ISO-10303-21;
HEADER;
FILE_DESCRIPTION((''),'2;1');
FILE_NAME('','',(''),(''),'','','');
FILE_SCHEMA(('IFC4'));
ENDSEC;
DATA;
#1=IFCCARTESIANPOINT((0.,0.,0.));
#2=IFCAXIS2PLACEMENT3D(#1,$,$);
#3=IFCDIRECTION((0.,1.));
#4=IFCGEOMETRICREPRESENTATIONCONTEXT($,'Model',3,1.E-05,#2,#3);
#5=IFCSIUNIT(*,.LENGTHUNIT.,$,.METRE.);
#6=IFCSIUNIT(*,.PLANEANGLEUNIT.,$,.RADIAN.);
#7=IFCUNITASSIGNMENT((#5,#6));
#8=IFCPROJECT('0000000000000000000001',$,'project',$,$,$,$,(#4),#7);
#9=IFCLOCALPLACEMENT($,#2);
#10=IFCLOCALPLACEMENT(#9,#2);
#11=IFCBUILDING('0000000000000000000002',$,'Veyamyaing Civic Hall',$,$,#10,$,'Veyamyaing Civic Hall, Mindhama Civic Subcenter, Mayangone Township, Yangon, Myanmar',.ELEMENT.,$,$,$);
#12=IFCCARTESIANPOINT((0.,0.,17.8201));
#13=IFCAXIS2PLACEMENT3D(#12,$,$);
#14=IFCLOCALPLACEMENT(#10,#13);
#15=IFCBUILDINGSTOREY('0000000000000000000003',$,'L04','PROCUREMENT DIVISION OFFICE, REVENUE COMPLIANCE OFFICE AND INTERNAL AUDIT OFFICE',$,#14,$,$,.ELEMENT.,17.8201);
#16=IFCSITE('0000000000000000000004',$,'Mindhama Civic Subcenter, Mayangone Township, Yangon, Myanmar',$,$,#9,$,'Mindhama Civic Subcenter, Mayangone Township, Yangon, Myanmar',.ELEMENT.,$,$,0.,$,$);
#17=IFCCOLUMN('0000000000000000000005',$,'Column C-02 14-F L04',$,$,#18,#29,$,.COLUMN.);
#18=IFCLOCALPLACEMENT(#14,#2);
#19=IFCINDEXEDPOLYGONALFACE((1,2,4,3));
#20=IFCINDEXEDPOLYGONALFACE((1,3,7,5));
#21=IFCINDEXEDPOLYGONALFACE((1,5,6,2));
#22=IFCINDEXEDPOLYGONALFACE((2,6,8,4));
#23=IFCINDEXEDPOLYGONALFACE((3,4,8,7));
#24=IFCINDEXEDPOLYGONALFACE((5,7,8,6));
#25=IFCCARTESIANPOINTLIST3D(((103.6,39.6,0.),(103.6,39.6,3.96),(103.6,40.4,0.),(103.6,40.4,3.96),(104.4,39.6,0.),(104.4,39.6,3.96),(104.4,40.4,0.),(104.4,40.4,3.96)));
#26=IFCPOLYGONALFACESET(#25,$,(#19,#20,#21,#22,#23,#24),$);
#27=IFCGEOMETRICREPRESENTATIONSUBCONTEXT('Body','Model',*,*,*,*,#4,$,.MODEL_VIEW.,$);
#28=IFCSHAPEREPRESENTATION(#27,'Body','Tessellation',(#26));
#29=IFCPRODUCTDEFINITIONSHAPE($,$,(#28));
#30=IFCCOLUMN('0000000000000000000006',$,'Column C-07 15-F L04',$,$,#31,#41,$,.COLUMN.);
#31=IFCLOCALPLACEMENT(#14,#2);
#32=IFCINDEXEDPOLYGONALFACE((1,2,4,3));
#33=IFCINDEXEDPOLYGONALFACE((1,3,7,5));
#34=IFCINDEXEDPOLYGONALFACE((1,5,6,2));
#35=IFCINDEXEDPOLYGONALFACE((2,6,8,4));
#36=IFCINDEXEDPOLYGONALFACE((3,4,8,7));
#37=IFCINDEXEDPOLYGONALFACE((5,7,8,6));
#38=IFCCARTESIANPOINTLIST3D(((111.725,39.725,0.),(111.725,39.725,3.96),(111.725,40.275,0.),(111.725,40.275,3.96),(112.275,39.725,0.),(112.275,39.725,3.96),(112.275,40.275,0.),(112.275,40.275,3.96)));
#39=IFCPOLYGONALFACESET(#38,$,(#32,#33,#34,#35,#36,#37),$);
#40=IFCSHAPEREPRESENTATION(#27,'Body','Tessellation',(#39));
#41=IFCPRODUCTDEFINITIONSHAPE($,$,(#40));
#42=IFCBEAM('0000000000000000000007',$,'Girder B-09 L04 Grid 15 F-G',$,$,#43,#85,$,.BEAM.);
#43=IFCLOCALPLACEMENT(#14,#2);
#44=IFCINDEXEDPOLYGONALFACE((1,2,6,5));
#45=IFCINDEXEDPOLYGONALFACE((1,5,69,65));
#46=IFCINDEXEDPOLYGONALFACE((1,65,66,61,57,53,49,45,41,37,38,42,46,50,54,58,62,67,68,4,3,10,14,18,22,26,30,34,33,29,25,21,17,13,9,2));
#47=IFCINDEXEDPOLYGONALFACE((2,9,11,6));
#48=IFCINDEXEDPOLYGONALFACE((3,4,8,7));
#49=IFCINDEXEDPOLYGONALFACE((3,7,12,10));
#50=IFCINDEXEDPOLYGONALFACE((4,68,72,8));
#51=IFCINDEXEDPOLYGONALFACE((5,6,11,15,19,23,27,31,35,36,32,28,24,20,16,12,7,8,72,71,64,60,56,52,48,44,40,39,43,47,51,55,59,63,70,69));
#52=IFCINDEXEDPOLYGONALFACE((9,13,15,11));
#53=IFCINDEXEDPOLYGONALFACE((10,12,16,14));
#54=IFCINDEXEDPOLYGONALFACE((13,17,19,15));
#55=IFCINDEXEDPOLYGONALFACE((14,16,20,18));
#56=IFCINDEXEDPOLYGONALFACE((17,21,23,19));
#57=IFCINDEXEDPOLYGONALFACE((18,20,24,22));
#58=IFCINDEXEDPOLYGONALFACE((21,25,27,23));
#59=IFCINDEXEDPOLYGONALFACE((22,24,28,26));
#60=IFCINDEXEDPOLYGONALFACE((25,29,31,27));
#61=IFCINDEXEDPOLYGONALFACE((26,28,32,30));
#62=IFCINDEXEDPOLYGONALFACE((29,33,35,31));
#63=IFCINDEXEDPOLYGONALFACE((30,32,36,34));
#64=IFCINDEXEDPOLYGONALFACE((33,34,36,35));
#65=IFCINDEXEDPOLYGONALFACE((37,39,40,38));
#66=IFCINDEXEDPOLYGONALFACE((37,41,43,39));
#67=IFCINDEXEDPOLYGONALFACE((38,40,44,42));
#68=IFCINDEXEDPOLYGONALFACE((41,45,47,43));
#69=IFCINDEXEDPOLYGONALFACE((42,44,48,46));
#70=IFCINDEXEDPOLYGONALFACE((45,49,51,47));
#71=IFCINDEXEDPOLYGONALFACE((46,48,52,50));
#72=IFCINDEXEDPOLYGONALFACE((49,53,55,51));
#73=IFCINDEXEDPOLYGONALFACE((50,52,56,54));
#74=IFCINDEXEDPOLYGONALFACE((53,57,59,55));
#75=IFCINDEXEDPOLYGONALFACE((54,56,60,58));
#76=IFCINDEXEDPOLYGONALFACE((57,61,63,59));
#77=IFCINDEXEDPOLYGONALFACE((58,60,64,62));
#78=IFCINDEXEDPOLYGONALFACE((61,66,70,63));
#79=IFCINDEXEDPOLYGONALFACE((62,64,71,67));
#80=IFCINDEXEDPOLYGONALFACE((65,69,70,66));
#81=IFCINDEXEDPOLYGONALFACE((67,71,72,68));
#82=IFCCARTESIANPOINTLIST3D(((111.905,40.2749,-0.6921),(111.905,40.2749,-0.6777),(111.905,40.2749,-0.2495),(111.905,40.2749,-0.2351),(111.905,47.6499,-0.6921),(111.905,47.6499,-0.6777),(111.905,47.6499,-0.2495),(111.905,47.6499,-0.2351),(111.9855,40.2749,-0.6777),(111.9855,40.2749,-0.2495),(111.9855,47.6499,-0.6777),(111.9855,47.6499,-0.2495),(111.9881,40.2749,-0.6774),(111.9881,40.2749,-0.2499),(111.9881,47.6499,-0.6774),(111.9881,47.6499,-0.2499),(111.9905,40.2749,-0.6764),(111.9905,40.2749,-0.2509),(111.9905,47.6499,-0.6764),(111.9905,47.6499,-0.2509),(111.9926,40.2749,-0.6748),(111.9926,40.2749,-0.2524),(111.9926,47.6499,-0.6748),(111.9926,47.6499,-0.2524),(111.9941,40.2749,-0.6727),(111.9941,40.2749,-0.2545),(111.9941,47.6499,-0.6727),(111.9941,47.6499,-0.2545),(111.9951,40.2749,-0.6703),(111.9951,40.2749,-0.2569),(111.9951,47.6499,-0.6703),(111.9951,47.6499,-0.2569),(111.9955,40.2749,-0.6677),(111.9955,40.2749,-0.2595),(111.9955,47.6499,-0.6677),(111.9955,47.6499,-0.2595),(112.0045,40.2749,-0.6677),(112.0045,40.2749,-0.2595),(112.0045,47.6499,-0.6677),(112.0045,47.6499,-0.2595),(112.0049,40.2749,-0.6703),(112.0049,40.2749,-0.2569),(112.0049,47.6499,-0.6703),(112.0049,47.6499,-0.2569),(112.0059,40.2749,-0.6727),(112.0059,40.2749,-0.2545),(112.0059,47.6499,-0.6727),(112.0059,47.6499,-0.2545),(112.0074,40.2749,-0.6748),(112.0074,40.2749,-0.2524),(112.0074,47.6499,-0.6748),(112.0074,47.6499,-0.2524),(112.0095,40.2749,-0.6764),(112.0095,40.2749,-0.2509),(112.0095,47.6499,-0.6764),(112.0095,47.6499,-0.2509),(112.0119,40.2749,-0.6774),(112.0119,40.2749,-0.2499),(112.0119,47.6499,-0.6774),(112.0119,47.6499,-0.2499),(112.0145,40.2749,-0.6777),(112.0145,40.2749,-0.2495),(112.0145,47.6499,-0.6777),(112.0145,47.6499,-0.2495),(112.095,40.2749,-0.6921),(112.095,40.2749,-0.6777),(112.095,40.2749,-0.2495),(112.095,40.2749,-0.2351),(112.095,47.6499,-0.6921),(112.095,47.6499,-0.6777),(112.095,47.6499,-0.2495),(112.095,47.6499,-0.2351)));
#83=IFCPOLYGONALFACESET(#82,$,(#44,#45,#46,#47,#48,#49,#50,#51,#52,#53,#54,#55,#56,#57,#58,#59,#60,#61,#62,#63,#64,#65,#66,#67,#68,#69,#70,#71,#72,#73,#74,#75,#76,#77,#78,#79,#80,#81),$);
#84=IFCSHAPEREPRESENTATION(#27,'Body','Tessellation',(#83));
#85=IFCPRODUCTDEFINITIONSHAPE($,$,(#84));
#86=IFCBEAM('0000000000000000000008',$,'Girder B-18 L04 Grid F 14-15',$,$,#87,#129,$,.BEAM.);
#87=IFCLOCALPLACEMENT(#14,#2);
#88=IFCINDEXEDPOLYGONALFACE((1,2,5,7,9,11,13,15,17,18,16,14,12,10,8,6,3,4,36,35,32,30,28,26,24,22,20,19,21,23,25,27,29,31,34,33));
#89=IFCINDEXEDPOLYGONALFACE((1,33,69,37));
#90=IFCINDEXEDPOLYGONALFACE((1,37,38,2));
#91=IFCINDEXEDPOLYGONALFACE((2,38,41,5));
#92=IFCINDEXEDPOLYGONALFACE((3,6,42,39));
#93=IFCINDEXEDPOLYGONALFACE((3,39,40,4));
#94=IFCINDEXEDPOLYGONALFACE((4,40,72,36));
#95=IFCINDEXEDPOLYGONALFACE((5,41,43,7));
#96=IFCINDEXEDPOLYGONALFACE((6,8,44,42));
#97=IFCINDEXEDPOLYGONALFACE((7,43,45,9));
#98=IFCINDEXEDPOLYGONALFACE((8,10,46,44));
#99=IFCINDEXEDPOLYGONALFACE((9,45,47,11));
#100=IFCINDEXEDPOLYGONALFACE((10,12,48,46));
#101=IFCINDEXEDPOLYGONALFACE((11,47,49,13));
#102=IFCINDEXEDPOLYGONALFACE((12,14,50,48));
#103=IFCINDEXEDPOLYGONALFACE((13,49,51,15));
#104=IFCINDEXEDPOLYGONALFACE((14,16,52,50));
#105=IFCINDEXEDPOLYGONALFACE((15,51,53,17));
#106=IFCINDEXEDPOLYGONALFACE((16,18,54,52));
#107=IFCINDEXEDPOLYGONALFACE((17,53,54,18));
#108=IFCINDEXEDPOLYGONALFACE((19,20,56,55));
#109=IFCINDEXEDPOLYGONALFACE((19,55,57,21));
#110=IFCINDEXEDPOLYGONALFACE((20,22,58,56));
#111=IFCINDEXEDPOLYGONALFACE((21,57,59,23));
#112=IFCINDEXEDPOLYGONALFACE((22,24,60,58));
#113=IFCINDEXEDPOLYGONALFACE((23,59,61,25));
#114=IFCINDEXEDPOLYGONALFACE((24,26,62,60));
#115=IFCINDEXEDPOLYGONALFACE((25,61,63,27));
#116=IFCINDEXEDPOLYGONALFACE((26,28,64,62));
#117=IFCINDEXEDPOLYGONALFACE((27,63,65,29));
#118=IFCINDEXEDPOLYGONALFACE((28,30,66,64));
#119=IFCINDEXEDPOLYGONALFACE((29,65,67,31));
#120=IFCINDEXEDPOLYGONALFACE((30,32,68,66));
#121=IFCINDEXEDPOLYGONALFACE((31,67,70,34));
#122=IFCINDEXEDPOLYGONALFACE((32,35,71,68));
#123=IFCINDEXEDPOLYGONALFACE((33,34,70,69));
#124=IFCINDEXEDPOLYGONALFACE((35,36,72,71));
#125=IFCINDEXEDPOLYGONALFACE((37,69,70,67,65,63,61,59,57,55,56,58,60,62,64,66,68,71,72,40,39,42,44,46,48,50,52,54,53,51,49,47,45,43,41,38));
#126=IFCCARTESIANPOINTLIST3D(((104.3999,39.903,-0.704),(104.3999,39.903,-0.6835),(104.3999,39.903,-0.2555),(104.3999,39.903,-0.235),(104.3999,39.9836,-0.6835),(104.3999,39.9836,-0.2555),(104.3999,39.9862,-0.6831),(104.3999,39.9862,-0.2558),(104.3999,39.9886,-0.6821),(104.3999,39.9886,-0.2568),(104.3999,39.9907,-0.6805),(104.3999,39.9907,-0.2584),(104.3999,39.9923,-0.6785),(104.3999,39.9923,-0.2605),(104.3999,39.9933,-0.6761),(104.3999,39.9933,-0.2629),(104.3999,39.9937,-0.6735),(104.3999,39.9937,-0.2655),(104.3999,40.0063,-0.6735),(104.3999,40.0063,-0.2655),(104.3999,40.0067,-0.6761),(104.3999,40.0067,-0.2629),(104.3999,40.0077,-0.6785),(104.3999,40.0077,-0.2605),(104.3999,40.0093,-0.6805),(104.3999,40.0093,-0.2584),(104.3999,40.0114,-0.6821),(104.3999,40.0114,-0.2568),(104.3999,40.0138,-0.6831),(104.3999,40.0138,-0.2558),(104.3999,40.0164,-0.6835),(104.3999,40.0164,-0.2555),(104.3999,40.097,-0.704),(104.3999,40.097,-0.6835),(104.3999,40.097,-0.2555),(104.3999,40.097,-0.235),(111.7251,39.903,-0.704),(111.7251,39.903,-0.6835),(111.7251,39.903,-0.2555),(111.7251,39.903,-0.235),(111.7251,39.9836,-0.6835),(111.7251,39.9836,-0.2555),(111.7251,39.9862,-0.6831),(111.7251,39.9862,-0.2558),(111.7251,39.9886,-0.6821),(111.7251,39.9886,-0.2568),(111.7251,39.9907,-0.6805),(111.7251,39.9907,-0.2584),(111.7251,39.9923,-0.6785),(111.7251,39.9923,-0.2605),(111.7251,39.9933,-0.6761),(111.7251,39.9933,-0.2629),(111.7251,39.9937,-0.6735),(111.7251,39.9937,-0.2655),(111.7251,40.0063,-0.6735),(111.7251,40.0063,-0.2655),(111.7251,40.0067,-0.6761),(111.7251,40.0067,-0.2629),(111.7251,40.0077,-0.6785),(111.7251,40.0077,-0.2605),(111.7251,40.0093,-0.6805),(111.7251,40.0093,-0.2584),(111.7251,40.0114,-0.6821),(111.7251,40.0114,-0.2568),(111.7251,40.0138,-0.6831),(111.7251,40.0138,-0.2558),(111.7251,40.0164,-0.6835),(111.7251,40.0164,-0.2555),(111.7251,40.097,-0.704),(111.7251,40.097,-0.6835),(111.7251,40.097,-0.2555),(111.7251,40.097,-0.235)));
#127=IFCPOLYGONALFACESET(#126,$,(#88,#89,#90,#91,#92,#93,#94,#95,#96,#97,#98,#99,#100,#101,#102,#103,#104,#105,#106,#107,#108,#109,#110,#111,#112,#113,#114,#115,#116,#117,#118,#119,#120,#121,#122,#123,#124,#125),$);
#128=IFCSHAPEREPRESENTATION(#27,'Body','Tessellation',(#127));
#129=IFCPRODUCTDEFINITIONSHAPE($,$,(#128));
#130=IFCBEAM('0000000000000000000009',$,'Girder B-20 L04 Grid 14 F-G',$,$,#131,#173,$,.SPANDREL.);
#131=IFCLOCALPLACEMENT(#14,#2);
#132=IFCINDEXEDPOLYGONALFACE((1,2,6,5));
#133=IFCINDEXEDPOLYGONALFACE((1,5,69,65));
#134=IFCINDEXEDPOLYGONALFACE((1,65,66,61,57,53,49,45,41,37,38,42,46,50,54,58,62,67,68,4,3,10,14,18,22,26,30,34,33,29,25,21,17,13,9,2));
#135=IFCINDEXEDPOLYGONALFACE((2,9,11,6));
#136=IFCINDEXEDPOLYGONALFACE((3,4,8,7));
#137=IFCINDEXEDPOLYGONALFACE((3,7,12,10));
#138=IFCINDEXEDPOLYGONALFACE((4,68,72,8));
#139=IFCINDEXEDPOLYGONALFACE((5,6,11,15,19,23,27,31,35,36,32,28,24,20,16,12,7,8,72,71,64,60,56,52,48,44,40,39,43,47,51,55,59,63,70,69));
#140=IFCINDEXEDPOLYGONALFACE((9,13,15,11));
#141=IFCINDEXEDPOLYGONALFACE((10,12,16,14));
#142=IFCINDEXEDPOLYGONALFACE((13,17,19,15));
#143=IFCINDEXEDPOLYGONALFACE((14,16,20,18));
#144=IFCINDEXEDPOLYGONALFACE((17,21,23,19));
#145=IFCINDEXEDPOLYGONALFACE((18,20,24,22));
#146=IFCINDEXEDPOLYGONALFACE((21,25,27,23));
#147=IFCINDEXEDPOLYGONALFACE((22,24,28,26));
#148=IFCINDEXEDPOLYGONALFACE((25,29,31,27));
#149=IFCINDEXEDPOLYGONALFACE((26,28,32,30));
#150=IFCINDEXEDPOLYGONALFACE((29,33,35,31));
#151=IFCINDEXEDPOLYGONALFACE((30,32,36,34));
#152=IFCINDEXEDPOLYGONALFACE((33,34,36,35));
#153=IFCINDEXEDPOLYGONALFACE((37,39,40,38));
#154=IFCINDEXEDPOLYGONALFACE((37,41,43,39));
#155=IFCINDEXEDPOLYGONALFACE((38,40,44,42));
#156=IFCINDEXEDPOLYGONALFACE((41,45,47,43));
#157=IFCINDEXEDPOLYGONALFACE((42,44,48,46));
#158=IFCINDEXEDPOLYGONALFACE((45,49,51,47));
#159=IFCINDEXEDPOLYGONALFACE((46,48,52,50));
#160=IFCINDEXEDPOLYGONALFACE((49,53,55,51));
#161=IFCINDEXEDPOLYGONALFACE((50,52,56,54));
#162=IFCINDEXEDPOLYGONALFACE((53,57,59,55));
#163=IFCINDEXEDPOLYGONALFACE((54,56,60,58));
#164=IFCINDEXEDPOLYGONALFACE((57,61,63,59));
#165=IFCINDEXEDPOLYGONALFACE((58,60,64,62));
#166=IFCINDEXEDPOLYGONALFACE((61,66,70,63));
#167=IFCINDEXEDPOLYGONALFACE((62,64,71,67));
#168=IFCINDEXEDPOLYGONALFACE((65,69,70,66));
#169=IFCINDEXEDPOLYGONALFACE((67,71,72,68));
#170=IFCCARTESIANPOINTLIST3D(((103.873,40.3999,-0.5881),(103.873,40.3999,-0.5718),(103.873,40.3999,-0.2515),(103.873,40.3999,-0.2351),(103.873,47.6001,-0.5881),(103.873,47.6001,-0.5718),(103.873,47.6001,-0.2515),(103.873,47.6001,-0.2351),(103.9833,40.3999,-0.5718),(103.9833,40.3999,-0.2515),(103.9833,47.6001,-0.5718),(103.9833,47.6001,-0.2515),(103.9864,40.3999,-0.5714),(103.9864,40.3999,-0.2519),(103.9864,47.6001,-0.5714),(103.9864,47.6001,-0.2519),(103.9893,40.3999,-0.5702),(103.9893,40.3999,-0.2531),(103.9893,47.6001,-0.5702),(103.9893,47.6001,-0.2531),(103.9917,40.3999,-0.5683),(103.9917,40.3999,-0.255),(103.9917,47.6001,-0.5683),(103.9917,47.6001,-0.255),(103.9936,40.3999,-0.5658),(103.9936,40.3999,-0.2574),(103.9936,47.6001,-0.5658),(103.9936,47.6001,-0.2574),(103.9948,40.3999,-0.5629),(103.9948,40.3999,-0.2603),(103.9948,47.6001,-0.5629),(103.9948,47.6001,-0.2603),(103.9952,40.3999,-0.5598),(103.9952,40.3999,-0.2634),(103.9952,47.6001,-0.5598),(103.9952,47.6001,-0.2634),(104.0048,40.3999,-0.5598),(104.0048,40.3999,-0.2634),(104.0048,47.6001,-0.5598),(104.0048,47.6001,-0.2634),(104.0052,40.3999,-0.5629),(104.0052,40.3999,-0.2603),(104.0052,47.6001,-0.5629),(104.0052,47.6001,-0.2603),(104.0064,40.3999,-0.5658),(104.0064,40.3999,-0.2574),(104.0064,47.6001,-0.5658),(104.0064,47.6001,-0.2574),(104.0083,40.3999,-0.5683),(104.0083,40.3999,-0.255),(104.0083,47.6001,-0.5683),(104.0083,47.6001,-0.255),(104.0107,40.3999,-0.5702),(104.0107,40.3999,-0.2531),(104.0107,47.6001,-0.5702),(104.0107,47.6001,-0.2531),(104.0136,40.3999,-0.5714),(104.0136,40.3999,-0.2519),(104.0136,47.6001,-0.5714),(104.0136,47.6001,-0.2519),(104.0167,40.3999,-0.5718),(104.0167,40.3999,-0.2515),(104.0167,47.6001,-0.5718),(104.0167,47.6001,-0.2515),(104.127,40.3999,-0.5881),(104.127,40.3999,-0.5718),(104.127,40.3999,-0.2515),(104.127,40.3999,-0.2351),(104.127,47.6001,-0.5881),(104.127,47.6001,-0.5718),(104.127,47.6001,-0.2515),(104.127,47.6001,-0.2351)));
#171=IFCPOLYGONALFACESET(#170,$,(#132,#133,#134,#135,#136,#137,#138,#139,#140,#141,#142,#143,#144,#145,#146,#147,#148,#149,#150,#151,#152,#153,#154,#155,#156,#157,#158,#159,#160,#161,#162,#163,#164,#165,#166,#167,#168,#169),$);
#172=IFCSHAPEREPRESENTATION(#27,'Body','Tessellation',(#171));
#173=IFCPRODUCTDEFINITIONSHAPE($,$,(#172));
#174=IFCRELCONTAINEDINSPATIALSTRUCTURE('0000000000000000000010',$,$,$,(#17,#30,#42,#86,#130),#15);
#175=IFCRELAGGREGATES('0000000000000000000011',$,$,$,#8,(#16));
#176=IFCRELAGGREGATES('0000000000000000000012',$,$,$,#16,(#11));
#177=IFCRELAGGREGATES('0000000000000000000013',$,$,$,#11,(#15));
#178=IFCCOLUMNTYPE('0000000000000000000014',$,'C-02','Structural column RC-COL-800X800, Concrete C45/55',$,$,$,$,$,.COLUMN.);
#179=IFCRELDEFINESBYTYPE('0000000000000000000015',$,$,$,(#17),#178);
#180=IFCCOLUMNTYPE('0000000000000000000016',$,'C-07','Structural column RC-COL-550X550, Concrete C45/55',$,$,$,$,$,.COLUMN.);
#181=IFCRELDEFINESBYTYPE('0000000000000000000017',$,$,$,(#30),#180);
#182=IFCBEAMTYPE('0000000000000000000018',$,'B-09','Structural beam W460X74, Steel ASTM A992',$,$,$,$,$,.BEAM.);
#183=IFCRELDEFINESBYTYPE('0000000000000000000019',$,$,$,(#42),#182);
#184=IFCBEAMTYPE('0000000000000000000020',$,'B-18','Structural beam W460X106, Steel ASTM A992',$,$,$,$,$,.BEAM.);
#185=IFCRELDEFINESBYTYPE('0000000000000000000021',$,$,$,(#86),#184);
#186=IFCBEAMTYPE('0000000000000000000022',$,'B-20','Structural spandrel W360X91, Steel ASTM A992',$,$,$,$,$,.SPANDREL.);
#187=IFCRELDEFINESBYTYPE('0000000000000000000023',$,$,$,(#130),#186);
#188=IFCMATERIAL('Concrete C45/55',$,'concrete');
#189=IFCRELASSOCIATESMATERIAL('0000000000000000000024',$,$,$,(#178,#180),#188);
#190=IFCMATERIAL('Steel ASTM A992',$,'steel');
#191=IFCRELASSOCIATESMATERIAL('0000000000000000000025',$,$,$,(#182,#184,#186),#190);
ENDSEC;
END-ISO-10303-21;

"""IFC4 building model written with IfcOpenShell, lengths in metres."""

from ifc_helpers import new_model, si_unit, direction, frame, origin, origin_2d, place, context, subcontext, project, spatial, rectangle, i_section, extrude, material, material_profile, profile_set, type_object, element, save


model = new_model("IFC4")

# Units and contexts
model_context = context("Model", 3, precision=1e-05, world=origin(), true_north=direction((0.0, 1.0)))
body_context = subcontext(model_context, "Body", "Model", "MODEL_VIEW")
ifc_project = project(units=[si_unit("LENGTHUNIT", "METRE"), si_unit("PLANEANGLEUNIT", "RADIAN")], contexts=[model_context])

# Site, building, storey
site_placement = place(None, origin())
site = spatial("IfcSite", under=ifc_project, at=site_placement, Name="Mindhama Civic Subcenter, Mayangone Township, Yangon, Myanmar", LongName="Mindhama Civic Subcenter, Mayangone Township, Yangon, Myanmar", CompositionType="ELEMENT", RefElevation=0.0)
building_placement = place(site_placement, origin())
building = spatial("IfcBuilding", under=site, at=building_placement, Name="Veyamyaing Civic Hall", LongName="Veyamyaing Civic Hall, Mindhama Civic Subcenter, Mayangone Township, Yangon, Myanmar", CompositionType="ELEMENT")
storey_placement = place(building_placement, frame((0.0, 0.0, 17.8201)))
storey = spatial("IfcBuildingStorey", under=building, at=storey_placement, Name="L04", Description="PROCUREMENT DIVISION OFFICE, REVENUE COMPLIANCE OFFICE AND INTERNAL AUDIT OFFICE", CompositionType="ELEMENT", Elevation=17.8201)

# Columns
ifc_material_1 = material(Name="Concrete C45/55", Category="concrete")
ifc_material_profile_1 = material_profile(ifc_material_1, rectangle(XDim=0.8, YDim=0.8, at=origin_2d()), Name="RC-COL-800X800")
ifc_profile_set_1 = profile_set([ifc_material_profile_1], Name="Concrete C45/55")
column_type_1 = type_object("IfcColumnType", Name="C-02", Description="Structural column RC-COL-800X800, Concrete C45/55", PredefinedType="COLUMN", material=ifc_profile_set_1)
column_1_placement = place(storey_placement, frame((104.0, 40.0, 0.0), z_axis=(0.0, 0.0, 1.0), x_axis=(1.0, 0.0, 0.0)))
element("IfcColumn", 1, at=column_1_placement, inside=storey, type_object=column_type_1, Name="Column C-02 14-F L04", PredefinedType="COLUMN", context=body_context, shape_type="SweptSolid", body=[
    extrude(rectangle(XDim=0.8, YDim=0.8, at=origin_2d()), origin(), (0.0, 0.0, 1.0), 3.96),
])
ifc_material_profile_2 = material_profile(ifc_material_1, rectangle(XDim=0.55, YDim=0.55, at=origin_2d()), Name="RC-COL-550X550")
ifc_profile_set_2 = profile_set([ifc_material_profile_2], Name="Concrete C45/55")
column_type_2 = type_object("IfcColumnType", Name="C-07", Description="Structural column RC-COL-550X550, Concrete C45/55", PredefinedType="COLUMN", material=ifc_profile_set_2)
column_2_placement = place(storey_placement, frame((112.0, 40.0, 0.0), z_axis=(0.0, 0.0, 1.0), x_axis=(1.0, 0.0, 0.0)))
element("IfcColumn", 2, at=column_2_placement, inside=storey, type_object=column_type_2, Name="Column C-07 15-F L04", PredefinedType="COLUMN", context=body_context, shape_type="SweptSolid", body=[
    extrude(rectangle(XDim=0.55, YDim=0.55, at=origin_2d()), origin(), (0.0, 0.0, 1.0), 3.96),
])

# Beams
ifc_material_2 = material(Name="Steel ASTM A992", Category="steel")
ifc_material_profile_3 = material_profile(ifc_material_2, i_section(OverallWidth=0.1899, OverallDepth=0.457, WebThickness=0.009, FlangeThickness=0.0144, FilletRadius=0.01, at=origin_2d()), Name="W460X74")
ifc_profile_set_3 = profile_set([ifc_material_profile_3], Name="Steel ASTM A992")
beam_type_1 = type_object("IfcBeamType", Name="B-09", Description="Structural beam W460X74, Steel ASTM A992", PredefinedType="BEAM", material=ifc_profile_set_3)
beam_1_placement = place(storey_placement, frame((112.0, 40.2749, -0.4636), z_axis=(0.0, 1.0, 0.0), x_axis=(-1.0, 0.0, 0.0)))
element("IfcBeam", 3, at=beam_1_placement, inside=storey, type_object=beam_type_1, Name="Girder B-09 L04 Grid 15 F-G", PredefinedType="BEAM", context=body_context, shape_type="SweptSolid", body=[
    extrude(i_section(OverallWidth=0.1899, OverallDepth=0.457, WebThickness=0.009, FlangeThickness=0.0144, FilletRadius=0.01, at=origin_2d()), origin(), (0.0, 0.0, 1.0), 7.375),
])
ifc_material_profile_4 = material_profile(ifc_material_2, i_section(OverallWidth=0.1941, OverallDepth=0.469, WebThickness=0.0127, FlangeThickness=0.0205, FilletRadius=0.01, at=origin_2d()), Name="W460X106")
ifc_profile_set_4 = profile_set([ifc_material_profile_4], Name="Steel ASTM A992")
beam_type_2 = type_object("IfcBeamType", Name="B-18", Description="Structural beam W460X106, Steel ASTM A992", PredefinedType="BEAM", material=ifc_profile_set_4)
beam_2_placement = place(storey_placement, frame((104.3999, 40.0, -0.4695), z_axis=(1.0, 0.0, 0.0), x_axis=(0.0, 1.0, 0.0)))
element("IfcBeam", 4, at=beam_2_placement, inside=storey, type_object=beam_type_2, Name="Girder B-18 L04 Grid F 14-15", PredefinedType="BEAM", context=body_context, shape_type="SweptSolid", body=[
    extrude(i_section(OverallWidth=0.1941, OverallDepth=0.469, WebThickness=0.0127, FlangeThickness=0.0205, FilletRadius=0.01, at=origin_2d()), origin(), (0.0, 0.0, 1.0), 7.3252),
])
ifc_material_profile_5 = material_profile(ifc_material_2, i_section(OverallWidth=0.2539, OverallDepth=0.353, WebThickness=0.0095, FlangeThickness=0.0164, FilletRadius=0.012, at=origin_2d()), Name="W360X91")
ifc_profile_set_5 = profile_set([ifc_material_profile_5], Name="Steel ASTM A992")
beam_type_3 = type_object("IfcBeamType", Name="B-20", Description="Structural spandrel W360X91, Steel ASTM A992", PredefinedType="SPANDREL", material=ifc_profile_set_5)
beam_3_placement = place(storey_placement, frame((104.0, 40.3999, -0.4116), z_axis=(0.0, 1.0, 0.0), x_axis=(-1.0, 0.0, 0.0)))
element("IfcBeam", 5, at=beam_3_placement, inside=storey, type_object=beam_type_3, Name="Girder B-20 L04 Grid 14 F-G", PredefinedType="SPANDREL", context=body_context, shape_type="SweptSolid", body=[
    extrude(i_section(OverallWidth=0.2539, OverallDepth=0.353, WebThickness=0.0095, FlangeThickness=0.0164, FilletRadius=0.012, at=origin_2d()), origin(), (0.0, 0.0, 1.0), 7.2002),
])

save(model, "model.ifc")
